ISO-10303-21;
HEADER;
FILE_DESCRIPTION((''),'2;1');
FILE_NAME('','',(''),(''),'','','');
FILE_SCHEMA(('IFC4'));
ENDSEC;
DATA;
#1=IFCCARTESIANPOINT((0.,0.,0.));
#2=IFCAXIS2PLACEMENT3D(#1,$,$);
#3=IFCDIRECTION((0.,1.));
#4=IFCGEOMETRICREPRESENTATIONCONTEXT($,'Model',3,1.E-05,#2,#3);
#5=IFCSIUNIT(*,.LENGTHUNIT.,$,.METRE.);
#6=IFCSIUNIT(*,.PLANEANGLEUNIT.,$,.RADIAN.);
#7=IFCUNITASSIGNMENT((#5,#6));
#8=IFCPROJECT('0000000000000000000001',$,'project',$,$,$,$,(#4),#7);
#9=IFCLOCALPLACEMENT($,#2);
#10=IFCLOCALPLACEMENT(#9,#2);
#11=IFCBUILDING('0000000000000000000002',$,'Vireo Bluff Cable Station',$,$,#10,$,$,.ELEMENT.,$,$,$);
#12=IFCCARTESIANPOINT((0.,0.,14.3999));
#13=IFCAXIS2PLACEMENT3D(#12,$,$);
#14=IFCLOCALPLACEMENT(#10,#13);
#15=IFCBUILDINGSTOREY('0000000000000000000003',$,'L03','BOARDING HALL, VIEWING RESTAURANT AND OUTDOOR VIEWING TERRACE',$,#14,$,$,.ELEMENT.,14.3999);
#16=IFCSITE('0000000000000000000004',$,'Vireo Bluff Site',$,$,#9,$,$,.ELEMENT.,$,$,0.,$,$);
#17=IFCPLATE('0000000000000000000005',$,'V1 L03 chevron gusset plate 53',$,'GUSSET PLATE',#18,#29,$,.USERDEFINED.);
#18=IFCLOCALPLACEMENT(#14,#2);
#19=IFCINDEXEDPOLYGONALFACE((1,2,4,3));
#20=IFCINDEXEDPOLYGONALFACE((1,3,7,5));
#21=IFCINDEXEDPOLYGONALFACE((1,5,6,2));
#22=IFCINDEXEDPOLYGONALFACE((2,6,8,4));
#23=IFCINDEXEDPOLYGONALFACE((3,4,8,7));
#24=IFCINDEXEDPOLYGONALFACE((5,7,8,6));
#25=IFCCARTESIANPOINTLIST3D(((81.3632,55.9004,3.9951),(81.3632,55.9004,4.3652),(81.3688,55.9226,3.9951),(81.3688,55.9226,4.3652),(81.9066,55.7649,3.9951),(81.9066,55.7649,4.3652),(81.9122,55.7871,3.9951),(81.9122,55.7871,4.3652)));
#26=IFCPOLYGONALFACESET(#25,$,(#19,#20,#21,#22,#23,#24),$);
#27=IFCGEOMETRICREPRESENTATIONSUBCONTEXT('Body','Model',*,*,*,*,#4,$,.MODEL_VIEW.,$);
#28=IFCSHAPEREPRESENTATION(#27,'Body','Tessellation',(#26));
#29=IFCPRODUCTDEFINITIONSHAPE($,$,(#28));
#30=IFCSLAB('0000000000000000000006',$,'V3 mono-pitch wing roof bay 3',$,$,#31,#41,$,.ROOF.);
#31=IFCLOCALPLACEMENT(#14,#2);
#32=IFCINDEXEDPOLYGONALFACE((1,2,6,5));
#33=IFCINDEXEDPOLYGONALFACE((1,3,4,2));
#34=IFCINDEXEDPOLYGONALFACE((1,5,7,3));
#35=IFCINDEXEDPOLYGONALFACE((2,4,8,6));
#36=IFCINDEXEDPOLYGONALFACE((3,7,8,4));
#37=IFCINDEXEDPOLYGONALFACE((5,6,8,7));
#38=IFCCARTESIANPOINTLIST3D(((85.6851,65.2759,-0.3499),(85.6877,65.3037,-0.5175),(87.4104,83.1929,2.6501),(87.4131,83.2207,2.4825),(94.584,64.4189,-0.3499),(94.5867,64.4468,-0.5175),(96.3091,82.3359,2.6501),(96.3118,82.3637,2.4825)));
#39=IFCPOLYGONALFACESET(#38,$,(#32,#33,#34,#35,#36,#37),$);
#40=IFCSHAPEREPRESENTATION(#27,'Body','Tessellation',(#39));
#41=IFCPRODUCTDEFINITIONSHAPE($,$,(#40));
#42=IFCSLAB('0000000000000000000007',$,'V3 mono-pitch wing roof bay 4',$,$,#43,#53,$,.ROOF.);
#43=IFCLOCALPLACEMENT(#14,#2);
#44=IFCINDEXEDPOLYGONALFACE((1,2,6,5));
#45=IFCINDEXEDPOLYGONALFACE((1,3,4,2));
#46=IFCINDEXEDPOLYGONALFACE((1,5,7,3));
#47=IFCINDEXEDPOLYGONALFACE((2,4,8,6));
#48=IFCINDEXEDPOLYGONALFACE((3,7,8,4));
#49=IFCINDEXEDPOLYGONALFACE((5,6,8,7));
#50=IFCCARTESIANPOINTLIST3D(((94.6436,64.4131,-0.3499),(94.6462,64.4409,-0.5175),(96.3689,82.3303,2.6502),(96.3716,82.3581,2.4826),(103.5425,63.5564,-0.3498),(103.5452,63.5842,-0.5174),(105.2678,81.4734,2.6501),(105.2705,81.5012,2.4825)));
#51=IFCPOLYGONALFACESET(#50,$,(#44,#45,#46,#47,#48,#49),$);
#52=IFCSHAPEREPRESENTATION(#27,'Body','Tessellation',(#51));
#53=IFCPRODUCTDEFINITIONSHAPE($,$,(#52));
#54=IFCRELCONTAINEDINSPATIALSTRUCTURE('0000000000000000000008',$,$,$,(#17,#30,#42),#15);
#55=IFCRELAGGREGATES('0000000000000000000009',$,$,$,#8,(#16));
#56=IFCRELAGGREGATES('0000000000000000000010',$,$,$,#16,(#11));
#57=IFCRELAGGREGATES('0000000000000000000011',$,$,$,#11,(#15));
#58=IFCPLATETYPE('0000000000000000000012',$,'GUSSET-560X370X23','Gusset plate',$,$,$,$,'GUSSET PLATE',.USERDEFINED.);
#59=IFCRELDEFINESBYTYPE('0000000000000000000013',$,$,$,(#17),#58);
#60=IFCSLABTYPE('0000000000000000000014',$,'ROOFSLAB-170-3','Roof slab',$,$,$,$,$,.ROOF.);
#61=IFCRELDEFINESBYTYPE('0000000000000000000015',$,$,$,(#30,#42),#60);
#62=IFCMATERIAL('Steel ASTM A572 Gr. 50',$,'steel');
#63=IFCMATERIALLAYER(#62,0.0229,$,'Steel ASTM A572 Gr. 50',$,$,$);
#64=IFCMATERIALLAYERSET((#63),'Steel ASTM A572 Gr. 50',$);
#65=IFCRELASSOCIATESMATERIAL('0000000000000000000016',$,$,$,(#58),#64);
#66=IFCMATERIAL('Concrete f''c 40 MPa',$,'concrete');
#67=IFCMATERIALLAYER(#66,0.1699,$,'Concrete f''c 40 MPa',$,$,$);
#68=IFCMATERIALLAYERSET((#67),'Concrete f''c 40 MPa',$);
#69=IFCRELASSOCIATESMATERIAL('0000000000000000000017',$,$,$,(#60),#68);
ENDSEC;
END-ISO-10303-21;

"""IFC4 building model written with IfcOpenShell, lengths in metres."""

from ifc_helpers import new_model, si_unit, direction, frame, origin, origin_2d, place, context, subcontext, project, spatial, polyline, rectangle, outline, extrude, material, layer, layer_set, type_object, element, save


model = new_model("IFC4")

# Units and contexts
model_context = context("Model", 3, precision=1e-05, world=origin(), true_north=direction((0.0, 1.0)))
body_context = subcontext(model_context, "Body", "Model", "MODEL_VIEW")
ifc_project = project(units=[si_unit("LENGTHUNIT", "METRE"), si_unit("PLANEANGLEUNIT", "RADIAN")], contexts=[model_context])

# Site, building, storey
site_placement = place(None, origin())
site = spatial("IfcSite", under=ifc_project, at=site_placement, Name="Vireo Bluff Site", CompositionType="ELEMENT", RefElevation=0.0)
building_placement = place(site_placement, origin())
building = spatial("IfcBuilding", under=site, at=building_placement, Name="Vireo Bluff Cable Station", CompositionType="ELEMENT")
storey_placement = place(building_placement, frame((0.0, 0.0, 14.3999)))
storey = spatial("IfcBuildingStorey", under=building, at=storey_placement, Name="L03", Description="BOARDING HALL, VIEWING RESTAURANT AND OUTDOOR VIEWING TERRACE", CompositionType="ELEMENT", Elevation=14.3999)

# Plate
ifc_material_1 = material(Name="Steel ASTM A572 Gr. 50", Category="steel")
ifc_layer_1 = layer(ifc_material_1, 0.0229, Name="Steel ASTM A572 Gr. 50")
ifc_layer_set_1 = layer_set([ifc_layer_1], Name="Steel ASTM A572 Gr. 50")
plate_type_1 = type_object("IfcPlateType", Name="GUSSET-560X370X23", Description="Gusset plate", ElementType="GUSSET PLATE", PredefinedType="USERDEFINED", material=ifc_layer_set_1)
plate_1_placement = place(storey_placement, frame((81.6377, 55.8438, 3.9951), z_axis=(0.0, 0.0, 1.0), x_axis=(0.970296, -0.241922, 0.0)))
element("IfcPlate", 1, at=plate_1_placement, inside=storey, type_object=plate_type_1, Name="V1 L03 chevron gusset plate 53", ObjectType="GUSSET PLATE", PredefinedType="USERDEFINED", context=body_context, shape_type="SweptSolid", body=[
    extrude(rectangle(XDim=0.5601, YDim=0.0229, at=origin_2d()), origin(), (0.0, 0.0, 1.0), 0.3701),
])

# Slabs
ifc_material_2 = material(Name="Concrete f'c 40 MPa", Category="concrete")
ifc_layer_2 = layer(ifc_material_2, 0.1699, Name="Concrete f'c 40 MPa")
ifc_layer_set_2 = layer_set([ifc_layer_2], Name="Concrete f'c 40 MPa")
slab_type = type_object("IfcSlabType", Name="ROOFSLAB-170-3", Description="Roof slab", PredefinedType="ROOF", material=ifc_layer_set_2)
slab_1_placement = place(storey_placement, frame((85.6851, 65.2759, -0.3499), z_axis=(-0.015758, -0.163643, 0.986394), x_axis=(0.995396, -0.095853, 0.0)))
element("IfcSlab", 2, at=slab_1_placement, inside=storey, type_object=slab_type, Name="V3 mono-pitch wing roof bay 3", PredefinedType="ROOF", context=body_context, shape_type="SweptSolid", body=[
    extrude(outline(polyline([(0.0, 0.0), (8.9401, 0.0), (8.9398, 18.2481), (0.0, 18.2482), (0.0, 0.0)])), origin(), (0.0, 0.0, -1.0), 0.1699),
])
slab_2_placement = place(storey_placement, frame((94.6436, 64.4131, -0.3499), z_axis=(-0.015756, -0.163642, 0.986394), x_axis=(0.995398, -0.095826, 0.000002)))
element("IfcSlab", 3, at=slab_2_placement, inside=storey, type_object=slab_type, Name="V3 mono-pitch wing roof bay 4", PredefinedType="ROOF", context=body_context, shape_type="SweptSolid", body=[
    extrude(outline(polyline([(0.0, 0.0), (8.9401, 0.0), (8.9406, 18.2482), (0.0005, 18.2484), (0.0, 0.0)])), origin(), (0.0, 0.0, -1.0), 0.1699),
])

save(model, "model.ifc")
